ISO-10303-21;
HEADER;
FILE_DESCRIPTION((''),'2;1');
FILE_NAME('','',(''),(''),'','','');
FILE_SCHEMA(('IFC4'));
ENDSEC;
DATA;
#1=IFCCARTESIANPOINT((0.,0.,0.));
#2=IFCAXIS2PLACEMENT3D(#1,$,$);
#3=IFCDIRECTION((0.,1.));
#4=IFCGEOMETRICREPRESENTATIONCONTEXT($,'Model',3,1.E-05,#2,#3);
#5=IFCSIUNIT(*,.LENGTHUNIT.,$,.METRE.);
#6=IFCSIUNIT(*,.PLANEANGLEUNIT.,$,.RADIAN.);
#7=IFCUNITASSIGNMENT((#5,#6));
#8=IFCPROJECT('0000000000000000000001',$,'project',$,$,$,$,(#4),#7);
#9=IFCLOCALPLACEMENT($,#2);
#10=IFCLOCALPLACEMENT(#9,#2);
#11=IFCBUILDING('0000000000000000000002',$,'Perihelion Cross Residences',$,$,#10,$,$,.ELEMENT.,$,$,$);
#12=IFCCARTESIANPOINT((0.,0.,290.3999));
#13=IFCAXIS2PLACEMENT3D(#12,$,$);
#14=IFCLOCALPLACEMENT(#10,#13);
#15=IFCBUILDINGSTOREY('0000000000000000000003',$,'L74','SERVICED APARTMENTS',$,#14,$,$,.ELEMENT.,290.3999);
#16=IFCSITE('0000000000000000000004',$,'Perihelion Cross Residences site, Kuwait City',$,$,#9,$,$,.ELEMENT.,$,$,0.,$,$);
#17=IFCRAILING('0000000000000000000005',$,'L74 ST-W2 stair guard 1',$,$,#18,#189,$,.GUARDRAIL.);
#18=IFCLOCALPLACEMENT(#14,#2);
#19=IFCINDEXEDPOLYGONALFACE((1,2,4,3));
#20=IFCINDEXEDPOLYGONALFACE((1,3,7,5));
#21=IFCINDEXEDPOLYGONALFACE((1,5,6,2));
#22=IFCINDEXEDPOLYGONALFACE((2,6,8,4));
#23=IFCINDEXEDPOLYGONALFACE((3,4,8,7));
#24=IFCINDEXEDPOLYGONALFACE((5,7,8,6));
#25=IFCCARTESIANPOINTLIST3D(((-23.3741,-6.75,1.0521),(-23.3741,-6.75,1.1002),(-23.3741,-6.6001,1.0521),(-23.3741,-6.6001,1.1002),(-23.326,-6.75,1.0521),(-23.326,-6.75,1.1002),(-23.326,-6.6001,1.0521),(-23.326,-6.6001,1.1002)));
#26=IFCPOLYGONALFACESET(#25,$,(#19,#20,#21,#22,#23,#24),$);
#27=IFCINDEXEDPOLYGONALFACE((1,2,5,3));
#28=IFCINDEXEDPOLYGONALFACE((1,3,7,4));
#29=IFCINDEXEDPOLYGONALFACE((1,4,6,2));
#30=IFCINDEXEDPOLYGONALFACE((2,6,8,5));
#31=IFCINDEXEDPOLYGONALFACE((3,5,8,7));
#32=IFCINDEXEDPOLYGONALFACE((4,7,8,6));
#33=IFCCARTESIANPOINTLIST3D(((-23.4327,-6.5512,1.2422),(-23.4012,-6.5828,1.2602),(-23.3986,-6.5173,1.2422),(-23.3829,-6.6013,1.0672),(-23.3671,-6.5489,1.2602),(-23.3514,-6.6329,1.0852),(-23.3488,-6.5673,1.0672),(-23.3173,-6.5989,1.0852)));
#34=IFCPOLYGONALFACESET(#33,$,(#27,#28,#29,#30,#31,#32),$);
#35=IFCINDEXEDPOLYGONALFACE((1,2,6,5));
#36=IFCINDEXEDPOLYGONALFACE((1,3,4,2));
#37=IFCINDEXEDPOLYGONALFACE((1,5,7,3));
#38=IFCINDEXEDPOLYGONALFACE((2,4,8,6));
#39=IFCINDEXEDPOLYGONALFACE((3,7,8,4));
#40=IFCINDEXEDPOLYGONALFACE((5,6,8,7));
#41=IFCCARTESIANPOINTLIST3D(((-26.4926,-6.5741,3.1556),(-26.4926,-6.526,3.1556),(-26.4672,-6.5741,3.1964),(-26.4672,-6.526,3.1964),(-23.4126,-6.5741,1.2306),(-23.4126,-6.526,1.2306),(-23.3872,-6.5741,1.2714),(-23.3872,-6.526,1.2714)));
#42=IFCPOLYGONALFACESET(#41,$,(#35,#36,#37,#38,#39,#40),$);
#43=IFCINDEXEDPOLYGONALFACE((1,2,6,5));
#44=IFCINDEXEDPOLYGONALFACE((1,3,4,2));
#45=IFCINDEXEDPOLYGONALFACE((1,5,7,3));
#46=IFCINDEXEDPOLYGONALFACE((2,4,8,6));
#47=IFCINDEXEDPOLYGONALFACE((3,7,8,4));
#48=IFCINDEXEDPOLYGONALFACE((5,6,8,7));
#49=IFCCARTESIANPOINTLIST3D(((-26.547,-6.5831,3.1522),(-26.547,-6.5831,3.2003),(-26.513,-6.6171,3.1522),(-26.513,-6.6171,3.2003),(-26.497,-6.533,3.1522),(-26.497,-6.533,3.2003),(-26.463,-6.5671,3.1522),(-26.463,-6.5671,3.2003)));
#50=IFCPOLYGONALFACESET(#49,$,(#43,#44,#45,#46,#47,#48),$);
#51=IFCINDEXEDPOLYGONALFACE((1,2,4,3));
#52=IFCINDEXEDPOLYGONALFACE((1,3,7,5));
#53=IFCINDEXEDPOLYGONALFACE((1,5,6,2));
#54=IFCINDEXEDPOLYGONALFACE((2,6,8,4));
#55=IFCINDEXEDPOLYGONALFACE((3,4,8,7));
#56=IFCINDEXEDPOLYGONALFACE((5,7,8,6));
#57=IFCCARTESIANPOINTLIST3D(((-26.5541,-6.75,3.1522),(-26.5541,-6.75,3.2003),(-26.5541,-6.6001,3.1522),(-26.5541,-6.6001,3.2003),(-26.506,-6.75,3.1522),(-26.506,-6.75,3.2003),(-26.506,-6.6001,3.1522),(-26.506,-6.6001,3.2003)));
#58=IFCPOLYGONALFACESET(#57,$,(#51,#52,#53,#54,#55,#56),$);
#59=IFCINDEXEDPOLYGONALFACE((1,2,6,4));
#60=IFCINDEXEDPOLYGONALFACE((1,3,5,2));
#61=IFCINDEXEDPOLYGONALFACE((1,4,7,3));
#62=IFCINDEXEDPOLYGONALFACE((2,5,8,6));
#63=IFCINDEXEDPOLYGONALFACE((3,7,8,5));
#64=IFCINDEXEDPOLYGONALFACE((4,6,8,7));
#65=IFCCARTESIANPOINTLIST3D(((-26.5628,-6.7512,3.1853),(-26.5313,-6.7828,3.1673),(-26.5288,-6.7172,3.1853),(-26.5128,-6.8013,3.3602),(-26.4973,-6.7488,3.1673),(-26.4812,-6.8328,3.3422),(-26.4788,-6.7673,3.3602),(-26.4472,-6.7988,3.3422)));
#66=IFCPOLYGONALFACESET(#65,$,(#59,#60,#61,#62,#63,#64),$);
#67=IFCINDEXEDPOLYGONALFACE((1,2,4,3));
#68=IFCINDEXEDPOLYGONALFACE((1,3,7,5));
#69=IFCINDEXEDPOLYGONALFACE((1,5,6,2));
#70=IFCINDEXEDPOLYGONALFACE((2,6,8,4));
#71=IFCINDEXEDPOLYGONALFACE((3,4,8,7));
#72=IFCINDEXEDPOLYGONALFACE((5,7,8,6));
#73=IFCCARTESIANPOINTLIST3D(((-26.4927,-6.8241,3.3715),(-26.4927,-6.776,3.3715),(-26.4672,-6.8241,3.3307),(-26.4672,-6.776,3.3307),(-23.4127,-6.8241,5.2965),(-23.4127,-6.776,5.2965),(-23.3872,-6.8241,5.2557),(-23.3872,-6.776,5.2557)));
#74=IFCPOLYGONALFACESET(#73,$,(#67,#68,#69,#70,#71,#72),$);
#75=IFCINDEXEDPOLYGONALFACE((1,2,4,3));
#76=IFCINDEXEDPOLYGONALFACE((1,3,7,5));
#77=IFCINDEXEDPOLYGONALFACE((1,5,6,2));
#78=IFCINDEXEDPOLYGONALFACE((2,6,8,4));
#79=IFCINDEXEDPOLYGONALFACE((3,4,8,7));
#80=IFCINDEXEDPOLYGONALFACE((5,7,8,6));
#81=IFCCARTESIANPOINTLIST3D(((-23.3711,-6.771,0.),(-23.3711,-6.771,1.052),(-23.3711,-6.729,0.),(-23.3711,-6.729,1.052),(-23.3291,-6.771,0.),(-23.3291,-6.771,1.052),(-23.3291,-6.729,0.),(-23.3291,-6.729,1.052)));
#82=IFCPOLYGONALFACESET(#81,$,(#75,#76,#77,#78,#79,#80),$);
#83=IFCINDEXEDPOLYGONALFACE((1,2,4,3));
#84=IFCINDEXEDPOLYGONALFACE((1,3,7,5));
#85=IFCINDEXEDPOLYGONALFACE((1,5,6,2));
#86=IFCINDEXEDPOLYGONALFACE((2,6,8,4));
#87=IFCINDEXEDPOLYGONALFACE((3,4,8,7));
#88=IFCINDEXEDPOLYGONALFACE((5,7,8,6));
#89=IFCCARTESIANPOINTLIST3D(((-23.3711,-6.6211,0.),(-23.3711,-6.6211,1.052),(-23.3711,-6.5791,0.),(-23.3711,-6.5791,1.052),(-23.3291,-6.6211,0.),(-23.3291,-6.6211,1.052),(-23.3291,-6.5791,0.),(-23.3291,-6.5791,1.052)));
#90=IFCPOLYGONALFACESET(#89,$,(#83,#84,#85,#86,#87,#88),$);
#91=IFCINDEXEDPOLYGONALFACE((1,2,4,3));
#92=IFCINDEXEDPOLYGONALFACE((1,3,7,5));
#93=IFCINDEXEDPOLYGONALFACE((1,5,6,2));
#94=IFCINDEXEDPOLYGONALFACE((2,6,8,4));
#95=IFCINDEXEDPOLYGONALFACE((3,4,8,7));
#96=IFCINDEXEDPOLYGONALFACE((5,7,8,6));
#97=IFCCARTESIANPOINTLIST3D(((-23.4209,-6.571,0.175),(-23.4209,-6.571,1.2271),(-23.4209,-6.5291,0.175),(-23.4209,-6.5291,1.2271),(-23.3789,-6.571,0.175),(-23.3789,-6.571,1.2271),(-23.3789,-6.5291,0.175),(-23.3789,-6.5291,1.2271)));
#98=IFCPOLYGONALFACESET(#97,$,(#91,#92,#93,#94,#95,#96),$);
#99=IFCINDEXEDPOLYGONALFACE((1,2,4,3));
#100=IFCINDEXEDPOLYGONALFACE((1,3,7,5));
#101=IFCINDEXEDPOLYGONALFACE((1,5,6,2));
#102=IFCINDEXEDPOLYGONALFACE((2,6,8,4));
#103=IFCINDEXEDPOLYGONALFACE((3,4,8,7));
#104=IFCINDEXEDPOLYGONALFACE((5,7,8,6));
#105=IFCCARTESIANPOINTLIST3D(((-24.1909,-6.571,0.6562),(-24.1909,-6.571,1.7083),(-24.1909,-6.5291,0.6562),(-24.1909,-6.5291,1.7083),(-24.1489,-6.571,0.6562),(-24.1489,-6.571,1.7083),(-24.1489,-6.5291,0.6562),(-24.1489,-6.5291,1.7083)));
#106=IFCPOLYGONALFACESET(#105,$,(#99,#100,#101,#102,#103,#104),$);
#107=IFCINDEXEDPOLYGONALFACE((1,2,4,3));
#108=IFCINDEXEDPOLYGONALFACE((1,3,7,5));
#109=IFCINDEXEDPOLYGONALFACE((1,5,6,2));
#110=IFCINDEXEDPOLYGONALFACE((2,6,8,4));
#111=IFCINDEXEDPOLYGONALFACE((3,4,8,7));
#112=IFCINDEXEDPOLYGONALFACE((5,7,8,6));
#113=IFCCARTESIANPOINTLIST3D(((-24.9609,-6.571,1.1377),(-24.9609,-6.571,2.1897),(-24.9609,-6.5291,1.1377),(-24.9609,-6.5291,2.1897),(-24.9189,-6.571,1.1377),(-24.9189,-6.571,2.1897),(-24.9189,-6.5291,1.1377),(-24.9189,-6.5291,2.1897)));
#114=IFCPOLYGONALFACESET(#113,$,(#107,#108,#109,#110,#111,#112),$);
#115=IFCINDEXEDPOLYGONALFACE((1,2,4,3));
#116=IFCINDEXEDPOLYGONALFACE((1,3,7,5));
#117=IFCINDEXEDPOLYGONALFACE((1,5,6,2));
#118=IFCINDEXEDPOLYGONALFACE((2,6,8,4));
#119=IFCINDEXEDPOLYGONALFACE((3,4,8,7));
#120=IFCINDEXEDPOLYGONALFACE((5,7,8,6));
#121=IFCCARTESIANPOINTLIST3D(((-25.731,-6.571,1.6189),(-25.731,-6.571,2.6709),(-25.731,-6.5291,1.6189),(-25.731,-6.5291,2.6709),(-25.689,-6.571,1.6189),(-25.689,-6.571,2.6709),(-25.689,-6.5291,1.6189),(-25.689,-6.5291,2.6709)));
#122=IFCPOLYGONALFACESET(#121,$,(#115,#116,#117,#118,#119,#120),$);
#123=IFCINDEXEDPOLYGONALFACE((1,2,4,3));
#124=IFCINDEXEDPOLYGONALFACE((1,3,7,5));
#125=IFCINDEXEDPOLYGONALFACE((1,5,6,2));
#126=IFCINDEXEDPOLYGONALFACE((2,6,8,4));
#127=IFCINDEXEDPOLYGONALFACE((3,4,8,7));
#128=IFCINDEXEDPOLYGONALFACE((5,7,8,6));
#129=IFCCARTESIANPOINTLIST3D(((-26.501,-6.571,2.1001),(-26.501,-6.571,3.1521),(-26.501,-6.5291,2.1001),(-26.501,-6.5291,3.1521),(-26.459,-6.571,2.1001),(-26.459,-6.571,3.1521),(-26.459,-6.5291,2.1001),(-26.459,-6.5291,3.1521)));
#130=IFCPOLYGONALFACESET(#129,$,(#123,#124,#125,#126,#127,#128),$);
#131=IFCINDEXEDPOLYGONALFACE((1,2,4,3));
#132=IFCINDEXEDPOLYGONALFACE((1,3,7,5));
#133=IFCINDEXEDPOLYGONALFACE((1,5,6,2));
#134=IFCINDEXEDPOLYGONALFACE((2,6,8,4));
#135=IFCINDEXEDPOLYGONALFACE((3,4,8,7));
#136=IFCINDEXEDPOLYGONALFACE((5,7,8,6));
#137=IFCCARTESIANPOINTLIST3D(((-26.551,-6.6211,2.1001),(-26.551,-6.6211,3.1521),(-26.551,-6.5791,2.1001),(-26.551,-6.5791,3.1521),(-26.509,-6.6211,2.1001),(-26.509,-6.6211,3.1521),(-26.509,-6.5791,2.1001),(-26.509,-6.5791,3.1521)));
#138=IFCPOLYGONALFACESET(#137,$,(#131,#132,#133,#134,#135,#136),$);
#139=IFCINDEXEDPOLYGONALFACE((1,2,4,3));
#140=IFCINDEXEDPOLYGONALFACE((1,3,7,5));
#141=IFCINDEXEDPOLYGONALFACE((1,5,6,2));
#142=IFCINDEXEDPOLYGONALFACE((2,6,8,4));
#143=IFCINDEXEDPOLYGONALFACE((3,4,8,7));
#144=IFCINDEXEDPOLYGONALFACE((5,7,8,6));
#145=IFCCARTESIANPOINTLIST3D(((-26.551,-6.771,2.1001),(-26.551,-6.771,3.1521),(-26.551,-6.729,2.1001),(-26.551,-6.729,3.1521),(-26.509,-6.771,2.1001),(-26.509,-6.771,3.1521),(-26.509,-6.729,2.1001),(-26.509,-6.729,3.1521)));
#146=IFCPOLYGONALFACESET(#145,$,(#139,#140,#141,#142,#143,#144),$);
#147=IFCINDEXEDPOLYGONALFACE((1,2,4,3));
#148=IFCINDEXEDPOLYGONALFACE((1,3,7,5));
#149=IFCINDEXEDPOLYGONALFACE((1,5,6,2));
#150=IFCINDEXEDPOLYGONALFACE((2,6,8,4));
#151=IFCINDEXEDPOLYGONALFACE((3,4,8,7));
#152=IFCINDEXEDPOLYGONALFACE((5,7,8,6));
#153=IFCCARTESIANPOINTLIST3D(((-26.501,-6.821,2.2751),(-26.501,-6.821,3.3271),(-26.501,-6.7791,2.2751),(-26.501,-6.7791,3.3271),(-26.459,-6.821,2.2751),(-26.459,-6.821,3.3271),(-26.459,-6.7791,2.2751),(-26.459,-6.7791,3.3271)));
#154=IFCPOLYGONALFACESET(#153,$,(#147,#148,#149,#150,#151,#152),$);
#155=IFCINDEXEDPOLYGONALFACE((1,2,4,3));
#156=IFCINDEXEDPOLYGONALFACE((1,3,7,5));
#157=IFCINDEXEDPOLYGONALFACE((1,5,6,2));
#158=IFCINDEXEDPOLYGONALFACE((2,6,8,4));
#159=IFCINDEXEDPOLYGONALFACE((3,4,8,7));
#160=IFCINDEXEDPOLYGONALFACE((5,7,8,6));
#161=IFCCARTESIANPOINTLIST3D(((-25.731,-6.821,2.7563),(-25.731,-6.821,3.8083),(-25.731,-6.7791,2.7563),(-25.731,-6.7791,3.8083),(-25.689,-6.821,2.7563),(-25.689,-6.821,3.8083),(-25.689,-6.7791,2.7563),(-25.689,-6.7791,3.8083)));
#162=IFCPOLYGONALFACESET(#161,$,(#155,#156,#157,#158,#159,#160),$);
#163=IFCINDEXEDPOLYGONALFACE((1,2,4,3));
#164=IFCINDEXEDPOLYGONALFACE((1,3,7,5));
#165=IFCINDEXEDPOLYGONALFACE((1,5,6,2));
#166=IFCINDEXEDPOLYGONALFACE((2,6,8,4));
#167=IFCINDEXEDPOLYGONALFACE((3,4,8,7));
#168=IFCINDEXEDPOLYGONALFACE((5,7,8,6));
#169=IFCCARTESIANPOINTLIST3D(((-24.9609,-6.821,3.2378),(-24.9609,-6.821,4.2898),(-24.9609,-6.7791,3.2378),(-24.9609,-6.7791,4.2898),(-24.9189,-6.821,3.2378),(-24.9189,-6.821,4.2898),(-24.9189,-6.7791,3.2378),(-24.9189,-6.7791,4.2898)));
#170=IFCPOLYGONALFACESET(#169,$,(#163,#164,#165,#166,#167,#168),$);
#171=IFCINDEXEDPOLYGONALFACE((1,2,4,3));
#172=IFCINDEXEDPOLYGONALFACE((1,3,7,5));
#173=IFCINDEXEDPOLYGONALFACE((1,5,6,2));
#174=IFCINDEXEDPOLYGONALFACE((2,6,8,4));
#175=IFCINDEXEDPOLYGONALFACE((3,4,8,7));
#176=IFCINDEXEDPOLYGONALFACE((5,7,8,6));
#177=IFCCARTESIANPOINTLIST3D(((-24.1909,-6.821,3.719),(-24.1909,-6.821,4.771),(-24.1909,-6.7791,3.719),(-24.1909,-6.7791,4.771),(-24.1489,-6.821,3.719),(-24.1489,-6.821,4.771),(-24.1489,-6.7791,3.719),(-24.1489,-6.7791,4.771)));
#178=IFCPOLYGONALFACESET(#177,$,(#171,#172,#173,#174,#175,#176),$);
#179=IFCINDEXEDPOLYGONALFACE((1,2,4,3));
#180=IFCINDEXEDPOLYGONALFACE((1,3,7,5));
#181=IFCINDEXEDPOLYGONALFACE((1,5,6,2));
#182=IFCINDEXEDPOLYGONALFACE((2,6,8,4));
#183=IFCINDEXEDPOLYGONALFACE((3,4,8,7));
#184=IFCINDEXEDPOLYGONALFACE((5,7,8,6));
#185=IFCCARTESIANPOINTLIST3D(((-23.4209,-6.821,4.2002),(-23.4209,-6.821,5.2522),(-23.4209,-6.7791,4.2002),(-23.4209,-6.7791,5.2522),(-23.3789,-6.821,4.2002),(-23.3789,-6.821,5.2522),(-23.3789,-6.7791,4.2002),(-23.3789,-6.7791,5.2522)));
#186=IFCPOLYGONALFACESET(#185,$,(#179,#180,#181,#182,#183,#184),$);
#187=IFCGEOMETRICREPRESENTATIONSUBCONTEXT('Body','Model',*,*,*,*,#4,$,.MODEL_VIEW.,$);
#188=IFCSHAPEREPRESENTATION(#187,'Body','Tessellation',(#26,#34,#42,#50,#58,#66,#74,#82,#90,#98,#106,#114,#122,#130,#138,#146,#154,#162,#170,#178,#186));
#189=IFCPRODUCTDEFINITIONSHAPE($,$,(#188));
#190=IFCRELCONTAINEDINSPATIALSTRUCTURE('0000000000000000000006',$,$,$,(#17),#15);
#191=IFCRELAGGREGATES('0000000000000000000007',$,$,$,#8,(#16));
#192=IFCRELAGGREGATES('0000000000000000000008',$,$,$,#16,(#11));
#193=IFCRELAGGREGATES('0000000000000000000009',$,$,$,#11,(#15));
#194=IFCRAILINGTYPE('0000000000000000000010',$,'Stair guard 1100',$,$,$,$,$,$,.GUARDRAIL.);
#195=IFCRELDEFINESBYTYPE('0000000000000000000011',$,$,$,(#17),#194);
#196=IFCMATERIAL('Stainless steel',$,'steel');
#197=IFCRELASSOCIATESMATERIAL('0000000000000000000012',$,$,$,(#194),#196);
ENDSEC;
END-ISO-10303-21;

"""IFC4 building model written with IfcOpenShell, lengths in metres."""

from ifc_helpers import new_model, si_unit, direction, frame, origin, origin_2d, place, context, subcontext, project, spatial, rectangle, extrude, material, type_object, element, save


model = new_model("IFC4")

# Units and contexts
model_context = context("Model", 3, precision=1e-05, world=origin(), true_north=direction((0.0, 1.0)))
body_context = subcontext(model_context, "Body", "Model", "MODEL_VIEW")
ifc_project = project(units=[si_unit("LENGTHUNIT", "METRE"), si_unit("PLANEANGLEUNIT", "RADIAN")], contexts=[model_context])

# Site, building, storey
site_placement = place(None, origin())
site = spatial("IfcSite", under=ifc_project, at=site_placement, Name="Perihelion Cross Residences site, Kuwait City", CompositionType="ELEMENT", RefElevation=0.0)
building_placement = place(site_placement, origin())
building = spatial("IfcBuilding", under=site, at=building_placement, Name="Perihelion Cross Residences", CompositionType="ELEMENT")
storey_placement = place(building_placement, frame((0.0, 0.0, 290.3999)))
storey = spatial("IfcBuildingStorey", under=building, at=storey_placement, Name="L74", Description="SERVICED APARTMENTS", CompositionType="ELEMENT", Elevation=290.3999)

# Railing
ifc_material_1 = material(Name="Stainless steel", Category="steel")
railing_type_1 = type_object("IfcRailingType", Name="Stair guard 1100", PredefinedType="GUARDRAIL", material=ifc_material_1)
railing_1_placement = place(storey_placement, frame((-23.3501, -6.75, 0.0)))
element("IfcRailing", 1, at=railing_1_placement, inside=storey, type_object=railing_type_1, Name="L74 ST-W2 stair guard 1", PredefinedType="GUARDRAIL", context=body_context, shape_type="SweptSolid", body=[
    extrude(rectangle(XDim=0.0481, YDim=0.0481, at=origin_2d()), frame((0.0, 0.0, 1.0762), z_axis=(0.0, 1.0, 0.0), x_axis=(-1.0, 0.0, 0.0)), (0.0, 0.0, 1.0), 0.1499),
    extrude(rectangle(XDim=0.0481, YDim=0.0481, at=origin_2d()), frame((0.0, 0.1499, 1.0762), z_axis=(-0.263862, 0.265156, 0.927399), x_axis=(-0.708834, -0.705376, 0.0)), (0.0, 0.0, 1.0), 0.1887),
    extrude(rectangle(XDim=0.0481, YDim=0.0481, at=origin_2d()), frame((-0.0498, 0.2, 1.251), z_axis=(-0.847998, 0.0, 0.529999), x_axis=(0.0, -1.0, 0.0)), (0.0, 0.0, 1.0), 3.6321),
    extrude(rectangle(XDim=0.0481, YDim=0.0481, at=origin_2d()), frame((-3.1299, 0.2, 3.1763), z_axis=(-0.707107, -0.707107, 0.0), x_axis=(0.707107, -0.707107, 0.0)), (0.0, 0.0, 1.0), 0.0708),
    extrude(rectangle(XDim=0.0481, YDim=0.0481, at=origin_2d()), frame((-3.1799, 0.1499, 3.1763), z_axis=(0.0, -1.0, 0.0), x_axis=(1.0, 0.0, 0.0)), (0.0, 0.0, 1.0), 0.1499),
    extrude(rectangle(XDim=0.0481, YDim=0.0481, at=origin_2d()), frame((-3.1799, 0.0, 3.1763), z_axis=(0.265065, -0.265065, 0.927082), x_axis=(0.707107, 0.707107, 0.0)), (0.0, 0.0, 1.0), 0.1887),
    extrude(rectangle(XDim=0.0481, YDim=0.0481, at=origin_2d()), frame((-3.1299, -0.05, 3.3511), z_axis=(0.847998, 0.0, 0.529999), x_axis=(0.0, 1.0, 0.0)), (0.0, 0.0, 1.0), 3.6321),
    extrude(rectangle(XDim=0.042, YDim=0.042, at=origin_2d()), origin(), (0.0, 0.0, 1.0), 1.052),
    extrude(rectangle(XDim=0.042, YDim=0.042, at=origin_2d()), frame((0.0, 0.1499, 0.0)), (0.0, 0.0, 1.0), 1.052),
    extrude(rectangle(XDim=0.042, YDim=0.042, at=origin_2d()), frame((-0.0498, 0.2, 0.175)), (0.0, 0.0, 1.0), 1.052),
    extrude(rectangle(XDim=0.042, YDim=0.042, at=origin_2d()), frame((-0.8198, 0.2, 0.6562)), (0.0, 0.0, 1.0), 1.052),
    extrude(rectangle(XDim=0.042, YDim=0.042, at=origin_2d()), frame((-1.5898, 0.2, 1.1377)), (0.0, 0.0, 1.0), 1.052),
    extrude(rectangle(XDim=0.042, YDim=0.042, at=origin_2d()), frame((-2.3599, 0.2, 1.6189)), (0.0, 0.0, 1.0), 1.052),
    extrude(rectangle(XDim=0.042, YDim=0.042, at=origin_2d()), frame((-3.1299, 0.2, 2.1001)), (0.0, 0.0, 1.0), 1.052),
    extrude(rectangle(XDim=0.042, YDim=0.042, at=origin_2d()), frame((-3.1799, 0.1499, 2.1001)), (0.0, 0.0, 1.0), 1.052),
    extrude(rectangle(XDim=0.042, YDim=0.042, at=origin_2d()), frame((-3.1799, 0.0, 2.1001)), (0.0, 0.0, 1.0), 1.052),
    extrude(rectangle(XDim=0.042, YDim=0.042, at=origin_2d()), frame((-3.1299, -0.05, 2.2751)), (0.0, 0.0, 1.0), 1.052),
    extrude(rectangle(XDim=0.042, YDim=0.042, at=origin_2d()), frame((-2.3599, -0.05, 2.7563)), (0.0, 0.0, 1.0), 1.052),
    extrude(rectangle(XDim=0.042, YDim=0.042, at=origin_2d()), frame((-1.5898, -0.05, 3.2378)), (0.0, 0.0, 1.0), 1.052),
    extrude(rectangle(XDim=0.042, YDim=0.042, at=origin_2d()), frame((-0.8198, -0.05, 3.719)), (0.0, 0.0, 1.0), 1.052),
    extrude(rectangle(XDim=0.042, YDim=0.042, at=origin_2d()), frame((-0.0498, -0.05, 4.2002)), (0.0, 0.0, 1.0), 1.052),
])

save(model, "model.ifc")
